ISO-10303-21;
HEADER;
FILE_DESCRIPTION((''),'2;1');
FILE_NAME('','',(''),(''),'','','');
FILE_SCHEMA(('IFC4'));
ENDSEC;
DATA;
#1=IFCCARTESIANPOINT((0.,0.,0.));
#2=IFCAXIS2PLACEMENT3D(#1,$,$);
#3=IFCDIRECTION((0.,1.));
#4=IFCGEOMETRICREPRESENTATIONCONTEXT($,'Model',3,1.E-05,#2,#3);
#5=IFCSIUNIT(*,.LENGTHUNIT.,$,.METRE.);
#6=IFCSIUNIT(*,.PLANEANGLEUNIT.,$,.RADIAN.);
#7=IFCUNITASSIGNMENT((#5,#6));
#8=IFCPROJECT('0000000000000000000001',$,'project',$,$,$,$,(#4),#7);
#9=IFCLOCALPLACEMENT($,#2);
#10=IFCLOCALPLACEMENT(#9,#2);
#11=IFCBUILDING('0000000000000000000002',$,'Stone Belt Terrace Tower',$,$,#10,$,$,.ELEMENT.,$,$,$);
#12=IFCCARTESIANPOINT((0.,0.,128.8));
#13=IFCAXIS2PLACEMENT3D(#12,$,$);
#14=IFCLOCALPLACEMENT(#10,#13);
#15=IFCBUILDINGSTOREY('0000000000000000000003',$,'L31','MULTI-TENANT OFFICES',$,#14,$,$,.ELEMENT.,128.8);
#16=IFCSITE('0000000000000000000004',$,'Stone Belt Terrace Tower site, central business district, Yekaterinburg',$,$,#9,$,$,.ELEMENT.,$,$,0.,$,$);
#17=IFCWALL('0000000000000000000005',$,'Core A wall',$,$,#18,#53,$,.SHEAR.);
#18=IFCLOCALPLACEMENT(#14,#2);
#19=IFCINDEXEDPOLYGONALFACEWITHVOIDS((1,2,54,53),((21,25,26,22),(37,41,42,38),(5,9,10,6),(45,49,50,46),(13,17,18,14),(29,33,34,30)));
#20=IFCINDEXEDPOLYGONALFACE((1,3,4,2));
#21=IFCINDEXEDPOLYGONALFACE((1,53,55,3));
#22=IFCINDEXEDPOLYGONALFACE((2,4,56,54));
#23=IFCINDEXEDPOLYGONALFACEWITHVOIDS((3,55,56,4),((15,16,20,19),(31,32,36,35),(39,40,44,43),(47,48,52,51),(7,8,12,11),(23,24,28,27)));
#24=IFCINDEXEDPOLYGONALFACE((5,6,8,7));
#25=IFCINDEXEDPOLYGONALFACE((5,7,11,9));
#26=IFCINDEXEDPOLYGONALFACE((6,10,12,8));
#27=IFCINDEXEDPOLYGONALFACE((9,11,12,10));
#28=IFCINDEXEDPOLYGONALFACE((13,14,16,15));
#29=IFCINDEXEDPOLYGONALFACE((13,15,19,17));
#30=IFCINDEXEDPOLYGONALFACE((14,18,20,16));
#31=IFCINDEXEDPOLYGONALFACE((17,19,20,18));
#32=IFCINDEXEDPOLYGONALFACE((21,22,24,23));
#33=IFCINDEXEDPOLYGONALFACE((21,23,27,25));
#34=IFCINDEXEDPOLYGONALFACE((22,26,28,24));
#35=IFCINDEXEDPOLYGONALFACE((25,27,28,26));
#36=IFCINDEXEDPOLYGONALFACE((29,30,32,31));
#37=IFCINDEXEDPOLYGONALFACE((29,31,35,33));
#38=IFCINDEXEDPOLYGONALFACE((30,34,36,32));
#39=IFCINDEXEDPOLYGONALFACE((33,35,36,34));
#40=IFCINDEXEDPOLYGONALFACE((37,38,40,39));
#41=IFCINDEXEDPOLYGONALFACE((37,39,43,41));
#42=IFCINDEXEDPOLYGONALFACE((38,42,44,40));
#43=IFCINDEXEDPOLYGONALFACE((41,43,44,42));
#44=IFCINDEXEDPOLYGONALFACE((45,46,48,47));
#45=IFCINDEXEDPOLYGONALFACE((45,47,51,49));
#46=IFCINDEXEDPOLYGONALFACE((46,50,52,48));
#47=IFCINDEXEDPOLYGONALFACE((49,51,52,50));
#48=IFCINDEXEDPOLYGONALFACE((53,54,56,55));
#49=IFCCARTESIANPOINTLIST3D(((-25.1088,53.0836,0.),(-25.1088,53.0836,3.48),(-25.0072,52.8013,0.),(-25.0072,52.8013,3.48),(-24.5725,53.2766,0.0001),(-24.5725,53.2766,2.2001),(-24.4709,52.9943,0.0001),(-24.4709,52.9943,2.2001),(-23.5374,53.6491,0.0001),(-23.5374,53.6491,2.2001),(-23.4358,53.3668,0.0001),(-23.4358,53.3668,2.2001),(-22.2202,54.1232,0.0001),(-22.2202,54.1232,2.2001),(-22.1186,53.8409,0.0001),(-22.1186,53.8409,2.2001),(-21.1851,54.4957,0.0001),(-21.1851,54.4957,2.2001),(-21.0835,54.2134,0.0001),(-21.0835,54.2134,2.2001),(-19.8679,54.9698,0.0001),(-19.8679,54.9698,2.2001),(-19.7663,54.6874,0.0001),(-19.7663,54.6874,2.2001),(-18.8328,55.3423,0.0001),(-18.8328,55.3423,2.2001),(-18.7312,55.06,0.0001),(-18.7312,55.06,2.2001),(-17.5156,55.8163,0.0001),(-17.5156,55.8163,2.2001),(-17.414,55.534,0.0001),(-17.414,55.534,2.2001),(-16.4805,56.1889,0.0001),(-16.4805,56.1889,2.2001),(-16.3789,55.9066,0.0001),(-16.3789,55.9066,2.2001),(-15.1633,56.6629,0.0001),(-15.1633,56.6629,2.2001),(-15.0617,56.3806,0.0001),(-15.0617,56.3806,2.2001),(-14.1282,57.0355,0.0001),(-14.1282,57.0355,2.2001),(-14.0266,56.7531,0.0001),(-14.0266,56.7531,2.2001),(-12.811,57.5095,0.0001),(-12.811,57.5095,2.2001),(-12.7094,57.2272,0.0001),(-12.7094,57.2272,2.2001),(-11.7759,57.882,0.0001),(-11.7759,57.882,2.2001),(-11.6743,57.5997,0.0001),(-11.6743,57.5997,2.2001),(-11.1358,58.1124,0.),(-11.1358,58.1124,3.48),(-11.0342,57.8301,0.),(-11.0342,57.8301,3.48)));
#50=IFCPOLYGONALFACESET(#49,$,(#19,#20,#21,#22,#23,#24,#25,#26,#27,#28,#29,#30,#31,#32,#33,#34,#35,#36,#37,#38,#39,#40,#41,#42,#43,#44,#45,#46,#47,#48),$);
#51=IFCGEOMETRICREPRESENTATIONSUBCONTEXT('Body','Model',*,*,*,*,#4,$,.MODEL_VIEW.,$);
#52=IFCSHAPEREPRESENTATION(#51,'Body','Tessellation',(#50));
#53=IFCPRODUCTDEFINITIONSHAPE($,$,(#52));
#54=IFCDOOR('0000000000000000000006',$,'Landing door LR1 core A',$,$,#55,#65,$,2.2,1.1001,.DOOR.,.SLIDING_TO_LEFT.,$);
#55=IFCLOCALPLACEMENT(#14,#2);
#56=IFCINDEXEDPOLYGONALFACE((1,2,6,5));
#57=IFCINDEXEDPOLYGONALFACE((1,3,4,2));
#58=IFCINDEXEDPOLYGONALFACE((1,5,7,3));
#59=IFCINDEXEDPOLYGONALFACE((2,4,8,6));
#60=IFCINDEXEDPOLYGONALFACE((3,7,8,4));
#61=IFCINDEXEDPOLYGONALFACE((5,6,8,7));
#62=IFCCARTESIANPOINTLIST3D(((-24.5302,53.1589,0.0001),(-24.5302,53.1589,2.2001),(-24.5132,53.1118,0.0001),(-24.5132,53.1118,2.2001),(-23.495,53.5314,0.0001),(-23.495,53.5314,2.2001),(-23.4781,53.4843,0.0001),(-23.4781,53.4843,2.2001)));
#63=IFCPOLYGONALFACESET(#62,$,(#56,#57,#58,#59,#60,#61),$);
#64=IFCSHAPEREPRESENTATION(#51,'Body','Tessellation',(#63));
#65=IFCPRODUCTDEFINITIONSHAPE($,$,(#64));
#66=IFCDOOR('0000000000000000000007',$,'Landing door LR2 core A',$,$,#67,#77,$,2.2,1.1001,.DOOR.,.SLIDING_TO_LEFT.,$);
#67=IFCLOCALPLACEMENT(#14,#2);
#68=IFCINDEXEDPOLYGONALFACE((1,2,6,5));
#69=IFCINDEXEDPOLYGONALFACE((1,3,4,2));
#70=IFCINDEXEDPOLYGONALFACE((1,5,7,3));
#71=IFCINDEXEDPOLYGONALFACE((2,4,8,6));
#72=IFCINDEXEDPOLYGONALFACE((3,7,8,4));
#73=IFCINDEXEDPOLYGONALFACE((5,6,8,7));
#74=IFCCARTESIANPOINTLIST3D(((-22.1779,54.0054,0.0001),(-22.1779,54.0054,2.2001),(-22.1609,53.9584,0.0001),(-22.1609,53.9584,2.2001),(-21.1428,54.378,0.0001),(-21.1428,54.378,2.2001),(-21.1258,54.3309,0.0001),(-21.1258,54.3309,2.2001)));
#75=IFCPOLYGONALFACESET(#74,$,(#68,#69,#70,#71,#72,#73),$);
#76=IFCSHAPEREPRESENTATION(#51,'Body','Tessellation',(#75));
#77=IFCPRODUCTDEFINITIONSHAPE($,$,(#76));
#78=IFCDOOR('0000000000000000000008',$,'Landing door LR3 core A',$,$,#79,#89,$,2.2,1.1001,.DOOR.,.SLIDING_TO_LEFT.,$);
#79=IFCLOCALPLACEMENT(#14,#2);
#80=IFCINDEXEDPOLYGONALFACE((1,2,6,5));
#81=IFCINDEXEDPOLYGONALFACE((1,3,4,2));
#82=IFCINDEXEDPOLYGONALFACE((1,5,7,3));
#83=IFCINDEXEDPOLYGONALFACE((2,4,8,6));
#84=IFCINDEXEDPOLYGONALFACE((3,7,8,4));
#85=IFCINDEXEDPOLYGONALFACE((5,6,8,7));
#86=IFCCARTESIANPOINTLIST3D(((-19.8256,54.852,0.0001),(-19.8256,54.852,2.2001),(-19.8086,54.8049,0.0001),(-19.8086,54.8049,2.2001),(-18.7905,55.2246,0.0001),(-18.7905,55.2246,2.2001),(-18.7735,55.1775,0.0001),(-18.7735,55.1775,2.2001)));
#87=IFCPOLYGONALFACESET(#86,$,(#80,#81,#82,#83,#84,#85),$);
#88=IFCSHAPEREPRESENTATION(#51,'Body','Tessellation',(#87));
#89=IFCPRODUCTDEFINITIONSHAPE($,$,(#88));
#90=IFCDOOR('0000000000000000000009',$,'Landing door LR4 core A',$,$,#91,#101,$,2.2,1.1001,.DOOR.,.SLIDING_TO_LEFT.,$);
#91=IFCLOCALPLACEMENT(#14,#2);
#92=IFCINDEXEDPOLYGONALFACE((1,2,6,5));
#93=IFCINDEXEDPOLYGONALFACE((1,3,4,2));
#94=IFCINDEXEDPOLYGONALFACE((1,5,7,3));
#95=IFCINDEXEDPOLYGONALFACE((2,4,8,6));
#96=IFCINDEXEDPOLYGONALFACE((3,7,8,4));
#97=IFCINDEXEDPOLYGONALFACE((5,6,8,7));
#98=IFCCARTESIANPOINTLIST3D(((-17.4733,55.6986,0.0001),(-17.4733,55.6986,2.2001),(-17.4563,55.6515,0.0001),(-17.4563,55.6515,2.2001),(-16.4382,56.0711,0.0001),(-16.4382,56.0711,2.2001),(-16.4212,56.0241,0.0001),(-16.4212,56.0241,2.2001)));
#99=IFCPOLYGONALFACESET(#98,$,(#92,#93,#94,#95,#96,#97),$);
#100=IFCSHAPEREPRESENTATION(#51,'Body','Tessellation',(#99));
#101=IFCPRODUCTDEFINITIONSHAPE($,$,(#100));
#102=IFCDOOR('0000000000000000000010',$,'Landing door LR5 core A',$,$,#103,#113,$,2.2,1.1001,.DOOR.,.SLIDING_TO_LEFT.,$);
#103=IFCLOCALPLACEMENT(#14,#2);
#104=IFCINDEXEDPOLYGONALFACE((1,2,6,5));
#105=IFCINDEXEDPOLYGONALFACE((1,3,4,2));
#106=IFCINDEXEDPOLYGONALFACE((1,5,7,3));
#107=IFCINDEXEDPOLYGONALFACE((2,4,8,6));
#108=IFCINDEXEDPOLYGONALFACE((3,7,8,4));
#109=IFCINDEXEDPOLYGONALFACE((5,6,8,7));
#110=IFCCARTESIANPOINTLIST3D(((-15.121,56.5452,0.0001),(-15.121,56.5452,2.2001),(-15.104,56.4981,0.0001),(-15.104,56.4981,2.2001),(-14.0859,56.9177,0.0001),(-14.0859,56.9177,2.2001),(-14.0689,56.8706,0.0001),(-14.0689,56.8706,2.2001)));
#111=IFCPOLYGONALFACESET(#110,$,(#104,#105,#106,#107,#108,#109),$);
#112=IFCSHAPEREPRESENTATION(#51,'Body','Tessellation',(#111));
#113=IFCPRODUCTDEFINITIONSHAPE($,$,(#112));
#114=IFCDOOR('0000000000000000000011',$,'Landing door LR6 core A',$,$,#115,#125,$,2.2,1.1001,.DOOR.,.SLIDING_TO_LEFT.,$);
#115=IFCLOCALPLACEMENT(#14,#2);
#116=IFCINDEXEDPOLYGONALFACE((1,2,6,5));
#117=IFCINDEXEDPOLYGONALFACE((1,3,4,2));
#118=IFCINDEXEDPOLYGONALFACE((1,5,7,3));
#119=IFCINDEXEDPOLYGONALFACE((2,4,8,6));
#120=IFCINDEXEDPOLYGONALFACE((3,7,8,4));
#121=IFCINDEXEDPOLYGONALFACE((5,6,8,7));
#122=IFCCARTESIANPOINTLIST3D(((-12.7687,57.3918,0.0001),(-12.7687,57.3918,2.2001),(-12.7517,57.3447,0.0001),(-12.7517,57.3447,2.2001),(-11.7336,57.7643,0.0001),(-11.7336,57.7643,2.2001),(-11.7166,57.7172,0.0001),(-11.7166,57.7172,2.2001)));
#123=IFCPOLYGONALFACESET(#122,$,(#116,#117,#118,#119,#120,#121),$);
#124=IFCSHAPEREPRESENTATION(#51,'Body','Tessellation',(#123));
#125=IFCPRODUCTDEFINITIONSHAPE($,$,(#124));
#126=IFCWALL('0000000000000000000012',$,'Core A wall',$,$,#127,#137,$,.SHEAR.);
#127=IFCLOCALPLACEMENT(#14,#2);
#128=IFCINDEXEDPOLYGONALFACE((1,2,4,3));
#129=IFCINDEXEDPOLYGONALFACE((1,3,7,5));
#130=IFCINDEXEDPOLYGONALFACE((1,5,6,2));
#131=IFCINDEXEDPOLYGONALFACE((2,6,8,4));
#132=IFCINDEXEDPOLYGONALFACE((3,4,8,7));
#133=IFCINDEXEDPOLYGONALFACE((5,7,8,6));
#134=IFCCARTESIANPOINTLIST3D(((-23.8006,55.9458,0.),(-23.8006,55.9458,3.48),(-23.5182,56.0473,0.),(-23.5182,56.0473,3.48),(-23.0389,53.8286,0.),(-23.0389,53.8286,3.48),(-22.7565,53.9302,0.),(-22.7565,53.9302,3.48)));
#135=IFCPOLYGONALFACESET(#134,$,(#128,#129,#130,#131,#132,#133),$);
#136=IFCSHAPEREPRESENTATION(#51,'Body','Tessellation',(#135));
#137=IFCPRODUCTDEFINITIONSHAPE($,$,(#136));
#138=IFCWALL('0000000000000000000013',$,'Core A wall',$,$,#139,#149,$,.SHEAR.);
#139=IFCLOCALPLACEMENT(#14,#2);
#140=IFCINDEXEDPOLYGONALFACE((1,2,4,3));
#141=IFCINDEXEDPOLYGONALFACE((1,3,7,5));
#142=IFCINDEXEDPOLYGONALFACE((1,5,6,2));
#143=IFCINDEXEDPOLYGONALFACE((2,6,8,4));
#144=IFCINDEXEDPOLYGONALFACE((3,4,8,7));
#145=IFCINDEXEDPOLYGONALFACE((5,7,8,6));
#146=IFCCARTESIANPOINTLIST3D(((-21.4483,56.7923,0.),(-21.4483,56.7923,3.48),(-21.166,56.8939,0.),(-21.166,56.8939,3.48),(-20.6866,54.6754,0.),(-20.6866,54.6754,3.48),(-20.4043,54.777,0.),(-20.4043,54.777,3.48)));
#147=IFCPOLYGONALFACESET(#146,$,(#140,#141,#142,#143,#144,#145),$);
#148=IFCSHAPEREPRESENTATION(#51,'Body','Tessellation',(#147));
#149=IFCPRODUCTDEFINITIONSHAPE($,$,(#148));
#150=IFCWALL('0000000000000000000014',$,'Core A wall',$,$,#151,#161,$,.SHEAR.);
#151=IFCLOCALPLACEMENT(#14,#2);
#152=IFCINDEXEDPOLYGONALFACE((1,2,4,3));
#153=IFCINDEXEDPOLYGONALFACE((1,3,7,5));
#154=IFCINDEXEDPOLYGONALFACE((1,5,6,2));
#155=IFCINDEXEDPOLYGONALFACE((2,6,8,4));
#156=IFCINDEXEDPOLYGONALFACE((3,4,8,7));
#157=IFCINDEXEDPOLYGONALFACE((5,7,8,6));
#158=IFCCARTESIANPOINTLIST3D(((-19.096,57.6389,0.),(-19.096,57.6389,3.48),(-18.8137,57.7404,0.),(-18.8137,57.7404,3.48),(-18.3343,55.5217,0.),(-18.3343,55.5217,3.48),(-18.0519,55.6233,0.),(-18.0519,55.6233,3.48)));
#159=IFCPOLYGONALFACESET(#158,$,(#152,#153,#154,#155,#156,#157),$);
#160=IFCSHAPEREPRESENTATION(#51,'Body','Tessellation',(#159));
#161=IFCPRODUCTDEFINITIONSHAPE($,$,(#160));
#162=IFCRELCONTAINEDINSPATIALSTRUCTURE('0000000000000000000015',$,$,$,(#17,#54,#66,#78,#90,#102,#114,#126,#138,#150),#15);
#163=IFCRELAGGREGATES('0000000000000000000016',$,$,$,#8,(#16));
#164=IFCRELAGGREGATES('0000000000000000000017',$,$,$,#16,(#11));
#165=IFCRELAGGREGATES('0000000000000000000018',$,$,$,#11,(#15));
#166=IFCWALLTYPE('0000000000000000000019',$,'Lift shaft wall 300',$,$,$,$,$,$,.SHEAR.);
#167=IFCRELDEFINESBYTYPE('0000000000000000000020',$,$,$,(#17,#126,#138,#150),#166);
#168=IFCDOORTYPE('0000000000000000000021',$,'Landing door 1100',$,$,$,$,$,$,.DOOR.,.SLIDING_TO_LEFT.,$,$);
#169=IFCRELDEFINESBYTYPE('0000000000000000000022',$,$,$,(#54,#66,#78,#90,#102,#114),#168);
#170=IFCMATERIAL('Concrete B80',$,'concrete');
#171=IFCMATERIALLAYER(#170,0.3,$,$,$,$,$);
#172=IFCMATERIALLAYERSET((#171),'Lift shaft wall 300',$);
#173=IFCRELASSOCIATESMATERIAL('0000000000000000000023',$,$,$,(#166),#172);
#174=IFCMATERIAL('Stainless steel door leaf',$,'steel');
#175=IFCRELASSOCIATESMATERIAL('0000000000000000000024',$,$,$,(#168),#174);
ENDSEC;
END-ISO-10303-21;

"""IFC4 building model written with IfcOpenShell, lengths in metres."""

from ifc_helpers import new_model, si_unit, direction, frame, frame_2d, origin, place, context, subcontext, project, spatial, rectangle, extrude, material, layer, layer_set, type_object, element, fill, save


model = new_model("IFC4")

# Units and contexts
model_context = context("Model", 3, precision=1e-05, world=origin(), true_north=direction((0.0, 1.0)))
body_context = subcontext(model_context, "Body", "Model", "MODEL_VIEW")
ifc_project = project(units=[si_unit("LENGTHUNIT", "METRE"), si_unit("PLANEANGLEUNIT", "RADIAN")], contexts=[model_context])

# Site, building, storey
site_placement = place(None, origin())
site = spatial("IfcSite", under=ifc_project, at=site_placement, Name="Stone Belt Terrace Tower site, central business district, Yekaterinburg", CompositionType="ELEMENT", RefElevation=0.0)
building_placement = place(site_placement, origin())
building = spatial("IfcBuilding", under=site, at=building_placement, Name="Stone Belt Terrace Tower", CompositionType="ELEMENT")
storey_placement = place(building_placement, frame((0.0, 0.0, 128.8)))
storey = spatial("IfcBuildingStorey", under=building, at=storey_placement, Name="L31", Description="MULTI-TENANT OFFICES", CompositionType="ELEMENT", Elevation=128.8)

# Shared definitions
ifc_material_1 = material(Name="Concrete B80", Category="concrete")

# Wall, openings, doors
ifc_layer_1 = layer(ifc_material_1, 0.3)
ifc_layer_set_1 = layer_set([ifc_layer_1], Name="Lift shaft wall 300")
wall_type_1 = type_object("IfcWallType", Name="Lift shaft wall 300", PredefinedType="SHEAR", material=ifc_layer_set_1)
wall_1_placement = place(storey_placement, frame((-25.0581, 52.9424, 0.0), z_axis=(0.0, 0.0, 1.0), x_axis=(0.940918, 0.338634, 0.0)))
wall_1 = element("IfcWall", 1, at=wall_1_placement, inside=storey, type_object=wall_type_1, Name="Core A wall", PredefinedType="SHEAR", context=body_context, shape_type="SweptSolid", body=[
    extrude(rectangle(XDim=14.8503, YDim=0.3, at=frame_2d((7.4253, 0.0))), origin(), (0.0, 0.0, 1.0), 3.48),
])
opening_1_placement = place(wall_1_placement, frame((0.5701, 0.0, 0.0)))
opening_1 = element("IfcOpeningElement", 2, at=opening_1_placement, cuts=wall_1, PredefinedType="OPENING", context=body_context, shape_type="SweptSolid", body=[
    extrude(rectangle(XDim=1.1001, YDim=2.2, at=frame_2d((0.55, 1.1001))), frame((0.0, 0.1599, 0.0), z_axis=(0.0, -1.0, 0.0), x_axis=(1.0, 0.0, 0.0)), (0.0, 0.0, 1.0), 0.3201),
])
opening_2_placement = place(wall_1_placement, frame((3.0701, 0.0, 0.0)))
opening_2 = element("IfcOpeningElement", 3, at=opening_2_placement, cuts=wall_1, PredefinedType="OPENING", context=body_context, shape_type="SweptSolid", body=[
    extrude(rectangle(XDim=1.1001, YDim=2.2, at=frame_2d((0.55, 1.1001))), frame((0.0, 0.1599, 0.0), z_axis=(0.0, -1.0, 0.0), x_axis=(1.0, 0.0, 0.0)), (0.0, 0.0, 1.0), 0.3201),
])
opening_3_placement = place(wall_1_placement, frame((5.5701, 0.0, 0.0)))
opening_3 = element("IfcOpeningElement", 4, at=opening_3_placement, cuts=wall_1, PredefinedType="OPENING", context=body_context, shape_type="SweptSolid", body=[
    extrude(rectangle(XDim=1.1001, YDim=2.2, at=frame_2d((0.55, 1.1001))), frame((0.0, 0.1599, 0.0), z_axis=(0.0, -1.0, 0.0), x_axis=(1.0, 0.0, 0.0)), (0.0, 0.0, 1.0), 0.3201),
])
opening_4_placement = place(wall_1_placement, frame((8.0701, 0.0, 0.0)))
opening_4 = element("IfcOpeningElement", 5, at=opening_4_placement, cuts=wall_1, PredefinedType="OPENING", context=body_context, shape_type="SweptSolid", body=[
    extrude(rectangle(XDim=1.1001, YDim=2.2, at=frame_2d((0.55, 1.1001))), frame((0.0, 0.1599, 0.0), z_axis=(0.0, -1.0, 0.0), x_axis=(1.0, 0.0, 0.0)), (0.0, 0.0, 1.0), 0.3201),
])
opening_5_placement = place(wall_1_placement, frame((10.5701, 0.0, 0.0)))
opening_5 = element("IfcOpeningElement", 6, at=opening_5_placement, cuts=wall_1, PredefinedType="OPENING", context=body_context, shape_type="SweptSolid", body=[
    extrude(rectangle(XDim=1.1001, YDim=2.2, at=frame_2d((0.55, 1.1001))), frame((0.0, 0.1599, 0.0), z_axis=(0.0, -1.0, 0.0), x_axis=(1.0, 0.0, 0.0)), (0.0, 0.0, 1.0), 0.3201),
])
opening_6_placement = place(wall_1_placement, frame((13.0701, 0.0, 0.0)))
opening_6 = element("IfcOpeningElement", 7, at=opening_6_placement, cuts=wall_1, PredefinedType="OPENING", context=body_context, shape_type="SweptSolid", body=[
    extrude(rectangle(XDim=1.1001, YDim=2.2, at=frame_2d((0.55, 1.1001))), frame((0.0, 0.1599, 0.0), z_axis=(0.0, -1.0, 0.0), x_axis=(1.0, 0.0, 0.0)), (0.0, 0.0, 1.0), 0.3201),
])
ifc_material_2 = material(Name="Stainless steel door leaf", Category="steel")
door_type_1 = type_object("IfcDoorType", Name="Landing door 1100", OperationType="SLIDING_TO_LEFT", PredefinedType="DOOR", material=ifc_material_2)
door_1_placement = place(opening_1_placement, origin())
door_1 = element("IfcDoor", 8, at=door_1_placement, inside=storey, type_object=door_type_1, Name="Landing door LR1 core A", OperationType="SLIDING_TO_LEFT", OverallHeight=2.2, OverallWidth=1.1001, PredefinedType="DOOR", context=body_context, shape_type="SweptSolid", body=[
    extrude(rectangle(XDim=1.1001, YDim=2.2, at=frame_2d((0.55, 1.1001))), frame((0.0, 0.0249, 0.0), z_axis=(0.0, -1.0, 0.0), x_axis=(1.0, 0.0, 0.0)), (0.0, 0.0, 1.0), 0.05),
])
fill(opening_1, door_1)
door_2_placement = place(opening_2_placement, origin())
door_2 = element("IfcDoor", 9, at=door_2_placement, inside=storey, type_object=door_type_1, Name="Landing door LR2 core A", OperationType="SLIDING_TO_LEFT", OverallHeight=2.2, OverallWidth=1.1001, PredefinedType="DOOR", context=body_context, shape_type="SweptSolid", body=[
    extrude(rectangle(XDim=1.1001, YDim=2.2, at=frame_2d((0.55, 1.1001))), frame((0.0, 0.0249, 0.0), z_axis=(0.0, -1.0, 0.0), x_axis=(1.0, 0.0, 0.0)), (0.0, 0.0, 1.0), 0.05),
])
fill(opening_2, door_2)
door_3_placement = place(opening_3_placement, origin())
door_3 = element("IfcDoor", 10, at=door_3_placement, inside=storey, type_object=door_type_1, Name="Landing door LR3 core A", OperationType="SLIDING_TO_LEFT", OverallHeight=2.2, OverallWidth=1.1001, PredefinedType="DOOR", context=body_context, shape_type="SweptSolid", body=[
    extrude(rectangle(XDim=1.1001, YDim=2.2, at=frame_2d((0.55, 1.1001))), frame((0.0, 0.0249, 0.0), z_axis=(0.0, -1.0, 0.0), x_axis=(1.0, 0.0, 0.0)), (0.0, 0.0, 1.0), 0.05),
])
fill(opening_3, door_3)
door_4_placement = place(opening_4_placement, origin())
door_4 = element("IfcDoor", 11, at=door_4_placement, inside=storey, type_object=door_type_1, Name="Landing door LR4 core A", OperationType="SLIDING_TO_LEFT", OverallHeight=2.2, OverallWidth=1.1001, PredefinedType="DOOR", context=body_context, shape_type="SweptSolid", body=[
    extrude(rectangle(XDim=1.1001, YDim=2.2, at=frame_2d((0.55, 1.1001))), frame((0.0, 0.0249, 0.0), z_axis=(0.0, -1.0, 0.0), x_axis=(1.0, 0.0, 0.0)), (0.0, 0.0, 1.0), 0.05),
])
fill(opening_4, door_4)
door_5_placement = place(opening_5_placement, origin())
door_5 = element("IfcDoor", 12, at=door_5_placement, inside=storey, type_object=door_type_1, Name="Landing door LR5 core A", OperationType="SLIDING_TO_LEFT", OverallHeight=2.2, OverallWidth=1.1001, PredefinedType="DOOR", context=body_context, shape_type="SweptSolid", body=[
    extrude(rectangle(XDim=1.1001, YDim=2.2, at=frame_2d((0.55, 1.1001))), frame((0.0, 0.0249, 0.0), z_axis=(0.0, -1.0, 0.0), x_axis=(1.0, 0.0, 0.0)), (0.0, 0.0, 1.0), 0.05),
])
fill(opening_5, door_5)
door_6_placement = place(opening_6_placement, origin())
door_6 = element("IfcDoor", 13, at=door_6_placement, inside=storey, type_object=door_type_1, Name="Landing door LR6 core A", OperationType="SLIDING_TO_LEFT", OverallHeight=2.2, OverallWidth=1.1001, PredefinedType="DOOR", context=body_context, shape_type="SweptSolid", body=[
    extrude(rectangle(XDim=1.1001, YDim=2.2, at=frame_2d((0.55, 1.1001))), frame((0.0, 0.0249, 0.0), z_axis=(0.0, -1.0, 0.0), x_axis=(1.0, 0.0, 0.0)), (0.0, 0.0, 1.0), 0.05),
])
fill(opening_6, door_6)

# Walls
wall_2_placement = place(storey_placement, frame((-22.8977, 53.8794, 0.0), z_axis=(0.0, 0.0, 1.0), x_axis=(-0.338535, 0.940954, 0.0)))
element("IfcWall", 14, at=wall_2_placement, inside=storey, type_object=wall_type_1, Name="Core A wall", PredefinedType="SHEAR", context=body_context, shape_type="SweptSolid", body=[
    extrude(rectangle(XDim=2.25, YDim=0.3, at=frame_2d((1.125, 0.0))), origin(), (0.0, 0.0, 1.0), 3.48),
])
wall_3_placement = place(storey_placement, frame((-20.5454, 54.7261, 0.0), z_axis=(0.0, 0.0, 1.0), x_axis=(-0.33857, 0.940941, 0.0)))
element("IfcWall", 15, at=wall_3_placement, inside=storey, type_object=wall_type_1, Name="Core A wall", PredefinedType="SHEAR", context=body_context, shape_type="SweptSolid", body=[
    extrude(rectangle(XDim=2.2498, YDim=0.3, at=frame_2d((1.125, 0.0))), origin(), (0.0, 0.0, 1.0), 3.48),
])
wall_4_placement = place(storey_placement, frame((-18.1931, 55.5725, 0.0), z_axis=(0.0, 0.0, 1.0), x_axis=(-0.338535, 0.940954, 0.0)))
element("IfcWall", 16, at=wall_4_placement, inside=storey, type_object=wall_type_1, Name="Core A wall", PredefinedType="SHEAR", context=body_context, shape_type="SweptSolid", body=[
    extrude(rectangle(XDim=2.25, YDim=0.3, at=frame_2d((1.125, 0.0))), origin(), (0.0, 0.0, 1.0), 3.48),
])

save(model, "model.ifc")
